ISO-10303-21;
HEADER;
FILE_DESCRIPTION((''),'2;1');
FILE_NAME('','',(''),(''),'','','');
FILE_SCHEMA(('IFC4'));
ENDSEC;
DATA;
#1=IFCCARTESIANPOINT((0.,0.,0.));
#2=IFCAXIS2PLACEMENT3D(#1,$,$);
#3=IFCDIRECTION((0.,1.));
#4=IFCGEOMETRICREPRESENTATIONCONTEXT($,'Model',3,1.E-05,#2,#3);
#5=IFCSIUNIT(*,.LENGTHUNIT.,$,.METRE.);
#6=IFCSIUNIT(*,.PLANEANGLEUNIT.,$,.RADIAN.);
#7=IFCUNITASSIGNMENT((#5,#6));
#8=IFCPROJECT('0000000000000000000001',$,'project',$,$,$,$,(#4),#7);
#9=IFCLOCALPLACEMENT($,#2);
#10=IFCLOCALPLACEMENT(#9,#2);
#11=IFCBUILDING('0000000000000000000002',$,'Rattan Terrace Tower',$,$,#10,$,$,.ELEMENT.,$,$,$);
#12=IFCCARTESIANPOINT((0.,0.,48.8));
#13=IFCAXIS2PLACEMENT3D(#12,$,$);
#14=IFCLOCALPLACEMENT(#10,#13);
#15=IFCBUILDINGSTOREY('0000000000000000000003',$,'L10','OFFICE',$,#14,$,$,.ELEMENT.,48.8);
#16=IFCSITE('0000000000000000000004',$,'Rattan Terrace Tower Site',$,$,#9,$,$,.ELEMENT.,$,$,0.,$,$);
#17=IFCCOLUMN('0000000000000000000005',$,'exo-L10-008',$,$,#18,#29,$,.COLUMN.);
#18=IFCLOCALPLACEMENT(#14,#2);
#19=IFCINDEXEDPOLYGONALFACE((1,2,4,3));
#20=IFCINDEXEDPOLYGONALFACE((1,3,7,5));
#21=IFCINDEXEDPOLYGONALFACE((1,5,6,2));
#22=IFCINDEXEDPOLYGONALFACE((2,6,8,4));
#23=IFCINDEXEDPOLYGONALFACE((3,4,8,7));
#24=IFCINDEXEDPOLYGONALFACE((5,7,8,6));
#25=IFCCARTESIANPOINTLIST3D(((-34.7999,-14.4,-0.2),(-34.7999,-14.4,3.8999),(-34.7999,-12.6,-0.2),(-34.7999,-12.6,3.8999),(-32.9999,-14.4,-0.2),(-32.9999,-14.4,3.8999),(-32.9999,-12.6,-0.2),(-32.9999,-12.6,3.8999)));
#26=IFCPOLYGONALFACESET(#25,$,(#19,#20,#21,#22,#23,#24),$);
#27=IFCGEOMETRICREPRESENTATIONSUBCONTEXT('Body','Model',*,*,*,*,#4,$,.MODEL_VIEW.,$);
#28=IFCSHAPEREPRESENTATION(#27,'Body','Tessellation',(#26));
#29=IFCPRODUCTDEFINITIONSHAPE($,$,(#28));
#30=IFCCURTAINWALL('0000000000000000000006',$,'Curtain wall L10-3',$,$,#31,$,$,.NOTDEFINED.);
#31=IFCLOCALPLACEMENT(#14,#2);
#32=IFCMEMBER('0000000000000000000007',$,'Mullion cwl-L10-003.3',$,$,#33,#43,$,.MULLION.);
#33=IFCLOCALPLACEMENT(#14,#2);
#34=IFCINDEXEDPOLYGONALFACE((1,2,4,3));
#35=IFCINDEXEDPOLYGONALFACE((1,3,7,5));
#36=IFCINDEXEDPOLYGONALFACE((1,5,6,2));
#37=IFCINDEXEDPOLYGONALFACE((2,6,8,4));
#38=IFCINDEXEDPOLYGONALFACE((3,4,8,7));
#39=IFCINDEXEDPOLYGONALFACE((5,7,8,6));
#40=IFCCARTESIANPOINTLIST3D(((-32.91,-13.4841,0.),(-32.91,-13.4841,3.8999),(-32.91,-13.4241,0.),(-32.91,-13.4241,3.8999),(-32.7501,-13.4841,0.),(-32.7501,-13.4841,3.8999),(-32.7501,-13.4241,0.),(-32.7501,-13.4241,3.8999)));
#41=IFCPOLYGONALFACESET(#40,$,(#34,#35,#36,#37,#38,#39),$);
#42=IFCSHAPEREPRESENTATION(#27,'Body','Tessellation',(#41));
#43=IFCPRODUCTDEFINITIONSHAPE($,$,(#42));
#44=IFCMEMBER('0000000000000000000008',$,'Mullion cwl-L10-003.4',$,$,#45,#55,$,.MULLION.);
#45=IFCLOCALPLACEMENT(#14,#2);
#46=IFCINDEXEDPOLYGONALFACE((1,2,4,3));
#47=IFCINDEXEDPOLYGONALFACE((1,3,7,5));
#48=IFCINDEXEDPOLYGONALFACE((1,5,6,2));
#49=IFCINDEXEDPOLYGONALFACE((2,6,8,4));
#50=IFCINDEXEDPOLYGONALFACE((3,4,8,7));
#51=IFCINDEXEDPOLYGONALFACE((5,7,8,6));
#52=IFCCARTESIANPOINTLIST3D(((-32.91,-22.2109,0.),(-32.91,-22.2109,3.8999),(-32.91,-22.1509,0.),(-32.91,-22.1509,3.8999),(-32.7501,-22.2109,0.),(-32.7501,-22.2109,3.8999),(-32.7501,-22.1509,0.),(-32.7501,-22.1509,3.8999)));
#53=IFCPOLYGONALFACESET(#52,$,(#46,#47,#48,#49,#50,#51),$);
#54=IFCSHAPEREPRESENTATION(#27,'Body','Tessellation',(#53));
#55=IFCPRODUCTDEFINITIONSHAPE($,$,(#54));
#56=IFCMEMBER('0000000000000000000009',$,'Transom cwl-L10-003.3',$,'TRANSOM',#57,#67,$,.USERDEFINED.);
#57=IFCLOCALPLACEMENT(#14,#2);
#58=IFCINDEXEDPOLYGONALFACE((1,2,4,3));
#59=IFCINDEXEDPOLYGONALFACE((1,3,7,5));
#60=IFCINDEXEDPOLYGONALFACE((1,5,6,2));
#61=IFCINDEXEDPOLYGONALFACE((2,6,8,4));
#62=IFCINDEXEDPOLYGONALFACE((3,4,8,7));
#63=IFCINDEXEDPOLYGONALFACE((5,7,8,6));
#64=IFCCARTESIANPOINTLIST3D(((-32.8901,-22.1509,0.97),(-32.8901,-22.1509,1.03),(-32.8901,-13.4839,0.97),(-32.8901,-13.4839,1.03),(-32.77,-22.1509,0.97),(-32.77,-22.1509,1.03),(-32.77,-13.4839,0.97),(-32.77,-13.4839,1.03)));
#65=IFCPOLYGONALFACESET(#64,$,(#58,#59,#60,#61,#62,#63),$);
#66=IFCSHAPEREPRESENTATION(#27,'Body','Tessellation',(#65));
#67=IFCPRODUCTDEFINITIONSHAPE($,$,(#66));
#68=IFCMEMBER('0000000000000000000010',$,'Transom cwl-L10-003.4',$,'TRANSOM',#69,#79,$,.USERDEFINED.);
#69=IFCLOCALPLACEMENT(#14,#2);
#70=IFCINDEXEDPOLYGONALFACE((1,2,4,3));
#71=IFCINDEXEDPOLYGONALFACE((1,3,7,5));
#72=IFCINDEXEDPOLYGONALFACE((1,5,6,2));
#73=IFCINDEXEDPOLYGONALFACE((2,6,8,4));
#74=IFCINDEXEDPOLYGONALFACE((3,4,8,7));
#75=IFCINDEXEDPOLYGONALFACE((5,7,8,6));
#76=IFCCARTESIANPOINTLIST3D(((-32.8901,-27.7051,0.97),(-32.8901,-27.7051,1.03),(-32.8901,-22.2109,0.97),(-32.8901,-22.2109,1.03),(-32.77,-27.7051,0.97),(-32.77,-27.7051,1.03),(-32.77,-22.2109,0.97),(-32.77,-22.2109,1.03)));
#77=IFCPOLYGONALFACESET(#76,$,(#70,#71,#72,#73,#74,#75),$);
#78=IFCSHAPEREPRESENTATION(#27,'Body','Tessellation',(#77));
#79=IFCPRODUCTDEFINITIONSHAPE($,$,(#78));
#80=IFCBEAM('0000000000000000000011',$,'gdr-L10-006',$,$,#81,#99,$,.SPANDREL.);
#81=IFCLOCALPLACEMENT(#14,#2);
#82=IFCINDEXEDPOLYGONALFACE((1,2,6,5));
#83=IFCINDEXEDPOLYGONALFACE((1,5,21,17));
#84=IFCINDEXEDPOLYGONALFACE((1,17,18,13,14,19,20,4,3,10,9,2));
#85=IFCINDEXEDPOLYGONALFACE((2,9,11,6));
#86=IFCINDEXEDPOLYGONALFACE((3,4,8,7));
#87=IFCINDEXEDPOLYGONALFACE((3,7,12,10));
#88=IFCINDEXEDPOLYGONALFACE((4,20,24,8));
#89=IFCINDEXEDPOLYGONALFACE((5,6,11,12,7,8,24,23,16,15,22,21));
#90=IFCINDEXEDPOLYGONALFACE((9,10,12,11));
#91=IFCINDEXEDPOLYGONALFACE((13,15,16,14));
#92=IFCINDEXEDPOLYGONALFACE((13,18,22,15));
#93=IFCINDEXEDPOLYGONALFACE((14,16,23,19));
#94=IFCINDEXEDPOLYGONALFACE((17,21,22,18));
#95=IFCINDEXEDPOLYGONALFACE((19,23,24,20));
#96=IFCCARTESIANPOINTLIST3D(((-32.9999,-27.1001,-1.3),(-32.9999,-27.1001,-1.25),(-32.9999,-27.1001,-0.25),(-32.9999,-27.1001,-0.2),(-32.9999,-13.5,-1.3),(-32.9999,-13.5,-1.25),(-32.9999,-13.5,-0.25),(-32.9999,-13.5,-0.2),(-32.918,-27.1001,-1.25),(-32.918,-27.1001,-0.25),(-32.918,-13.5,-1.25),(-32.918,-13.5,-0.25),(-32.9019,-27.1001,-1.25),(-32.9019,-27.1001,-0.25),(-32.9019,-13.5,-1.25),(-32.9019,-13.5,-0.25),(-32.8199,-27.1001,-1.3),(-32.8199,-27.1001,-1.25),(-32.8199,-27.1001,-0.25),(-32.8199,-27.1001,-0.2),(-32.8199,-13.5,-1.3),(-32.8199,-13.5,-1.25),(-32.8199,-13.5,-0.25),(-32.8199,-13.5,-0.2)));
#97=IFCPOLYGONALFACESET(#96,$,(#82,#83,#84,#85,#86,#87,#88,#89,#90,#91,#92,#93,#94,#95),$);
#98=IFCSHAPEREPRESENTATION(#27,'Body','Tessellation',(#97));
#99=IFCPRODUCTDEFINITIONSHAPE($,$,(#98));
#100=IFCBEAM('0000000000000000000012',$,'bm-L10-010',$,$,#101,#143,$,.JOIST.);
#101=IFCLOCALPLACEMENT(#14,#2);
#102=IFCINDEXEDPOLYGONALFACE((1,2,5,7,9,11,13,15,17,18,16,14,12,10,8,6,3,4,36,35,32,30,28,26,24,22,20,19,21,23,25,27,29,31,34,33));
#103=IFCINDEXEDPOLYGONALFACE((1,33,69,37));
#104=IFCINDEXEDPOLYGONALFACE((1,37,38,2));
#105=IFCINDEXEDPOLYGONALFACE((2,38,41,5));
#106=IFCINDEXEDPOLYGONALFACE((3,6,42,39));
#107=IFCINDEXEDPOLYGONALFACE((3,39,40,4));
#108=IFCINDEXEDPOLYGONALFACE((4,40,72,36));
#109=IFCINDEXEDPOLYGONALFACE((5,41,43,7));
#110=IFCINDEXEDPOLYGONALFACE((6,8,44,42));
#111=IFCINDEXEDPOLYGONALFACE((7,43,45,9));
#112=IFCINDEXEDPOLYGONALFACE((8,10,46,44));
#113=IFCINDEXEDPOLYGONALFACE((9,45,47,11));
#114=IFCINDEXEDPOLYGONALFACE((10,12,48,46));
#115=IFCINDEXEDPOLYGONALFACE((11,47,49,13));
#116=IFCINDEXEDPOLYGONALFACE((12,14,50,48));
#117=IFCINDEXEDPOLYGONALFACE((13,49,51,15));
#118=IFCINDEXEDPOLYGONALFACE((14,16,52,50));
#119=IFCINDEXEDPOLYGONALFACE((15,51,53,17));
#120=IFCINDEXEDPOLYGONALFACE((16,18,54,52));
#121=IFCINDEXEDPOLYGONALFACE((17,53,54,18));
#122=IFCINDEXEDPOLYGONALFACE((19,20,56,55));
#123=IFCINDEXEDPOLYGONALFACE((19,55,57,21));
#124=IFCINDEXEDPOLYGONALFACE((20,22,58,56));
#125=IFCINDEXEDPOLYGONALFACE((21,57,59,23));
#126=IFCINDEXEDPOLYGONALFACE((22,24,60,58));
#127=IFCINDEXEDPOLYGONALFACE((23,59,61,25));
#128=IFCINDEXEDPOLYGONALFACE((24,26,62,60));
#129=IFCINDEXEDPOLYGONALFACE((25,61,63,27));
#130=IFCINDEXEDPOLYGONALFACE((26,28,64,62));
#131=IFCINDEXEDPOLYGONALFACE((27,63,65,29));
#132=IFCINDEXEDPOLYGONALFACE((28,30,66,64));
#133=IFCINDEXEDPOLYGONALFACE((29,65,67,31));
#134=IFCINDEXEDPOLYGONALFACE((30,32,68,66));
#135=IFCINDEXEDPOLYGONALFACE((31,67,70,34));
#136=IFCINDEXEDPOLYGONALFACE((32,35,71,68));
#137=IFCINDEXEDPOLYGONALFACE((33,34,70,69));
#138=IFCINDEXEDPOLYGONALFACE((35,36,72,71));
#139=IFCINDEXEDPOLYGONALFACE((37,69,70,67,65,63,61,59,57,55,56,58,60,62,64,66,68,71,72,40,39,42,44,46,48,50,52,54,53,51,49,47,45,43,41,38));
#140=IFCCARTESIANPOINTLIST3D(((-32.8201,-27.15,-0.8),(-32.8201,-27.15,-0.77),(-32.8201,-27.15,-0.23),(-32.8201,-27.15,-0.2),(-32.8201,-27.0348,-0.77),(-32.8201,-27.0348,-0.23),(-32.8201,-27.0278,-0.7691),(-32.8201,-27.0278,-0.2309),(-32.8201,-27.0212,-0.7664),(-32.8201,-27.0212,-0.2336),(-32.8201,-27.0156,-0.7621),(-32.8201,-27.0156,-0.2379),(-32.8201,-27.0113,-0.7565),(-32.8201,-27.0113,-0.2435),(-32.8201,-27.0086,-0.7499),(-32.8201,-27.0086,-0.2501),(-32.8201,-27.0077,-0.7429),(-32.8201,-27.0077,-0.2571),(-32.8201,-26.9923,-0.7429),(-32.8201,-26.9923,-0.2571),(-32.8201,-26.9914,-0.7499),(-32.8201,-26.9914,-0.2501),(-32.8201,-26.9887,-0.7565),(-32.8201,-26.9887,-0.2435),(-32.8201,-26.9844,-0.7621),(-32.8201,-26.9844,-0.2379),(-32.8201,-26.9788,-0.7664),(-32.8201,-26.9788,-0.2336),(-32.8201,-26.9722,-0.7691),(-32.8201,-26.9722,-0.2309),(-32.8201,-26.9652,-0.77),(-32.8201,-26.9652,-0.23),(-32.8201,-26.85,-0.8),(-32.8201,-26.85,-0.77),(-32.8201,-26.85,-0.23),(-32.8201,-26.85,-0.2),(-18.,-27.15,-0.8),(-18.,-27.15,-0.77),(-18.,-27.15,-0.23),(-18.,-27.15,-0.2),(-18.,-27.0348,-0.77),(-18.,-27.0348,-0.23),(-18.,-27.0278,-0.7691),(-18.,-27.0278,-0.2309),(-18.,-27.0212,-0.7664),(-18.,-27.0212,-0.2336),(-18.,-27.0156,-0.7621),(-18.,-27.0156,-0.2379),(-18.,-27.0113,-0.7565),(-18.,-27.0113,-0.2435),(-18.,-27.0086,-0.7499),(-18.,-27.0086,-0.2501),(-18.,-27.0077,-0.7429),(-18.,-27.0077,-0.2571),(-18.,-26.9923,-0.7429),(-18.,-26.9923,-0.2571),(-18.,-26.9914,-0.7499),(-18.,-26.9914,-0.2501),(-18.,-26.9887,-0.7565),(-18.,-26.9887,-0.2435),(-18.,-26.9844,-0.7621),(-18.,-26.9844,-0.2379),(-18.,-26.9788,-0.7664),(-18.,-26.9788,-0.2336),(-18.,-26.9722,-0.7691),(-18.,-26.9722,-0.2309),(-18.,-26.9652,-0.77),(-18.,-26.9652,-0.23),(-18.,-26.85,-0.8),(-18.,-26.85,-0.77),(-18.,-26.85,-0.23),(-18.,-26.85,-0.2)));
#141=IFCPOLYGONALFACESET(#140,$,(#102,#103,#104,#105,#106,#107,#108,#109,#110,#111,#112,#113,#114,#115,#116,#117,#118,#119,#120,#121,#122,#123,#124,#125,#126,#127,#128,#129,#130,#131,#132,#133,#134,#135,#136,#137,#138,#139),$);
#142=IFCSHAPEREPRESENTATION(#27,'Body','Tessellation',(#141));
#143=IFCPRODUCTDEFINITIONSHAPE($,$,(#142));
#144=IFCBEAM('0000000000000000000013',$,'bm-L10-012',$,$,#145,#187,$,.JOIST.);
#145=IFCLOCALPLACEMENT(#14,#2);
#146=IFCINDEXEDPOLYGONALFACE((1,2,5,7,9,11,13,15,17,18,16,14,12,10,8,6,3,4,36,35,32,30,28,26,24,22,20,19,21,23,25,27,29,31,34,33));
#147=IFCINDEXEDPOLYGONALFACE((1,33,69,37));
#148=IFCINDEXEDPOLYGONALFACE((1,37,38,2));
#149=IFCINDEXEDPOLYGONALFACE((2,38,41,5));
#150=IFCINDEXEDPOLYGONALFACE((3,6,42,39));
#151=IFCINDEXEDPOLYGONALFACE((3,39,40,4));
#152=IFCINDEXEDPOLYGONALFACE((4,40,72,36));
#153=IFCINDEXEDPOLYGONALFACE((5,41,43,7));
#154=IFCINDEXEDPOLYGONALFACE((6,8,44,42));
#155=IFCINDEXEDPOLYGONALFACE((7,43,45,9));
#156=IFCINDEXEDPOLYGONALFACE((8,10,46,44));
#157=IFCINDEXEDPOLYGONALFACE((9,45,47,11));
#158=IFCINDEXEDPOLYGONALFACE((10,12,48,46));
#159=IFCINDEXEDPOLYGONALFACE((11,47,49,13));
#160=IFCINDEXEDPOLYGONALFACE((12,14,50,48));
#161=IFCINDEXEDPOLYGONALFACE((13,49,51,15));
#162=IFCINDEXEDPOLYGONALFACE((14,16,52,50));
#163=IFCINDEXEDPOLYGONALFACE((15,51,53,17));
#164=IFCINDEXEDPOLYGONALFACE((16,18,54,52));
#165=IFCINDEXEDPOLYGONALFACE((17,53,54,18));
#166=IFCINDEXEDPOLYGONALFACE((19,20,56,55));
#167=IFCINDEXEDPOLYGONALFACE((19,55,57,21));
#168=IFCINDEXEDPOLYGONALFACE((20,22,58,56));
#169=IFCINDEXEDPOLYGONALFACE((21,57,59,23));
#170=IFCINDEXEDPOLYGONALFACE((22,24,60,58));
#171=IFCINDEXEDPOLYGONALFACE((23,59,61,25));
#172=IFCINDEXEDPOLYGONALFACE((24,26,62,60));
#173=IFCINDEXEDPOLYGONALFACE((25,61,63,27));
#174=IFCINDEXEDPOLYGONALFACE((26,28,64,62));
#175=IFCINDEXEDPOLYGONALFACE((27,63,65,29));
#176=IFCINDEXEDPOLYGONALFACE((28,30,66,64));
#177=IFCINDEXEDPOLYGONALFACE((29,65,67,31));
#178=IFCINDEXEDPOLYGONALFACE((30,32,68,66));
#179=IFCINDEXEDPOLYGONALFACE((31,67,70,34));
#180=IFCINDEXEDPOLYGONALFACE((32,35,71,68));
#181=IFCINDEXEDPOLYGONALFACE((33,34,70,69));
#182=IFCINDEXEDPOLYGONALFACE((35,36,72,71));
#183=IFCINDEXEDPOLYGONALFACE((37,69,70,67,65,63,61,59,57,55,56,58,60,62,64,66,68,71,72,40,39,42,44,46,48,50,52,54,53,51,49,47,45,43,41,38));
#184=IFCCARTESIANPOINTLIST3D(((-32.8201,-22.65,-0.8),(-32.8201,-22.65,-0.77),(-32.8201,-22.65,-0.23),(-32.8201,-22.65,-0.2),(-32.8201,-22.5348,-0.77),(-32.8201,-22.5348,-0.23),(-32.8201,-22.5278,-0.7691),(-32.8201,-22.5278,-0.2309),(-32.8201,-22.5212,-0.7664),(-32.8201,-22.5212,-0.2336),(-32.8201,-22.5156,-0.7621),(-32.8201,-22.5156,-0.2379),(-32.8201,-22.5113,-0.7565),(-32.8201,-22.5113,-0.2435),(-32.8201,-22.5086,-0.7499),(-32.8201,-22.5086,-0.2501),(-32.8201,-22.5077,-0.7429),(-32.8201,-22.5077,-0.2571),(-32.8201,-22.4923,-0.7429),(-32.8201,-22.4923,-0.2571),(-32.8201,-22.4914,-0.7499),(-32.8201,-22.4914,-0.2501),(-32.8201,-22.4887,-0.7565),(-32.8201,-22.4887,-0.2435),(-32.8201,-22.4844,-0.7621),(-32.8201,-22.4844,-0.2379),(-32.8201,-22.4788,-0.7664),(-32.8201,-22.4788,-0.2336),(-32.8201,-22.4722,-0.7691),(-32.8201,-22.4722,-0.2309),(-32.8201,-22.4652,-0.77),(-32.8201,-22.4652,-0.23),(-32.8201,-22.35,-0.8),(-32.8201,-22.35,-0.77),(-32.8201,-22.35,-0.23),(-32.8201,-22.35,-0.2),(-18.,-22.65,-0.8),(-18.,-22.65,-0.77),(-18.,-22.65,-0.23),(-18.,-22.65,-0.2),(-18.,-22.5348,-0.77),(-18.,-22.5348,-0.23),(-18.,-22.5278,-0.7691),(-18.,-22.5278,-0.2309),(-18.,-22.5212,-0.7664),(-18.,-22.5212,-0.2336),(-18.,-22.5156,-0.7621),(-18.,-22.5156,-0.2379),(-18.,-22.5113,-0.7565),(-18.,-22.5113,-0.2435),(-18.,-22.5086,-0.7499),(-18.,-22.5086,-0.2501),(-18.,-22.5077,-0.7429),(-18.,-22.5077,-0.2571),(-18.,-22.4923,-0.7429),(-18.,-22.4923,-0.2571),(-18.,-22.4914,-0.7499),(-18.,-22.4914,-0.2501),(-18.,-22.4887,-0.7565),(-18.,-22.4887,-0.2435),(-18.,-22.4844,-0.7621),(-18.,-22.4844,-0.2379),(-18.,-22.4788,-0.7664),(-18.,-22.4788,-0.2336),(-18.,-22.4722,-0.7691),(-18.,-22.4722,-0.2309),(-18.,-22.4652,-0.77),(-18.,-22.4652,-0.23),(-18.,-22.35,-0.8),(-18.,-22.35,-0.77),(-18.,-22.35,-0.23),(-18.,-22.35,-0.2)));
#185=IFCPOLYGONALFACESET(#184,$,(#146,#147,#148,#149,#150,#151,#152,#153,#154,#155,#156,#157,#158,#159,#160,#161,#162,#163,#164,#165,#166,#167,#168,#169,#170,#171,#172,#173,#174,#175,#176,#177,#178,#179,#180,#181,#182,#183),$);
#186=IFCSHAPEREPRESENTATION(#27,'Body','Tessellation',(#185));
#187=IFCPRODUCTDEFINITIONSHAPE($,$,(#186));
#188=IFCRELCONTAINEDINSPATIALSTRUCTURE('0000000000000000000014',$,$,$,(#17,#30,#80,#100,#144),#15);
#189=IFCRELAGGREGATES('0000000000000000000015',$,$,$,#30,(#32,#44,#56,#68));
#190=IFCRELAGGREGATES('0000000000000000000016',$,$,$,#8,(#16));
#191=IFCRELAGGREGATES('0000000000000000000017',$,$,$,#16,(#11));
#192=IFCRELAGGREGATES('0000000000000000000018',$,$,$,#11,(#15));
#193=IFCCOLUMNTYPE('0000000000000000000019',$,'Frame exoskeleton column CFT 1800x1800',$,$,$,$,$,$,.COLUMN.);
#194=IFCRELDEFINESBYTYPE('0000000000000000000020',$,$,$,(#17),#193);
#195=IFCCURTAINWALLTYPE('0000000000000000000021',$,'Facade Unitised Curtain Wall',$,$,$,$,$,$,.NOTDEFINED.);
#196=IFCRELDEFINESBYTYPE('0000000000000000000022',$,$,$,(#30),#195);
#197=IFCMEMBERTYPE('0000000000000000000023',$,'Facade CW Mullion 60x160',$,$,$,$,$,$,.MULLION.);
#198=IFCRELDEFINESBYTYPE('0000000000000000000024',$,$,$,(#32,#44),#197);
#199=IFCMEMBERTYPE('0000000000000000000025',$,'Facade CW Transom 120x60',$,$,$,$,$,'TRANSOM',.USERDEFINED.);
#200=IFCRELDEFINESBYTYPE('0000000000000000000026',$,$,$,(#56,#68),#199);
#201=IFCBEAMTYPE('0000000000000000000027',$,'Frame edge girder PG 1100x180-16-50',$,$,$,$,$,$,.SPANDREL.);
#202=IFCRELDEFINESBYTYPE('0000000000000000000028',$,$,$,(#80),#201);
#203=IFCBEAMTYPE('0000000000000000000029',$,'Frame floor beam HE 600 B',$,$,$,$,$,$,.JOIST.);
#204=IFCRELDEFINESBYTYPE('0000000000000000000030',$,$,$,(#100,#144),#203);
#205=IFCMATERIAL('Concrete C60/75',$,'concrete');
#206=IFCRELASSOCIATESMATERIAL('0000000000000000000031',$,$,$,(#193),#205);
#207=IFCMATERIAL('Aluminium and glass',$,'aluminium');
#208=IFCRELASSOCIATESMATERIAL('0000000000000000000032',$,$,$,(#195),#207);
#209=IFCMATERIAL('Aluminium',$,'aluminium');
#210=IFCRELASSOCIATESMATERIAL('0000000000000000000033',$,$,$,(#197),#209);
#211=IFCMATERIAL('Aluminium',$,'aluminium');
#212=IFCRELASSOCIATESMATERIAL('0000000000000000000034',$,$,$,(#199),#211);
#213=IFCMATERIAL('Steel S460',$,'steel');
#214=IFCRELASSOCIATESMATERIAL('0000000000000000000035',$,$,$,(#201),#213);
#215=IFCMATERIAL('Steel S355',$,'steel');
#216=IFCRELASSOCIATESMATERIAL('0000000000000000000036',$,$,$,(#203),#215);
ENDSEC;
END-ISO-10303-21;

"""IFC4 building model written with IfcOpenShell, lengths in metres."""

from ifc_helpers import new_model, si_unit, direction, frame, origin, origin_2d, place, context, subcontext, project, spatial, rectangle, i_section, extrude, material, material_profile, profile_set, type_object, element, aggregate, save


model = new_model("IFC4")

# Units and contexts
model_context = context("Model", 3, precision=1e-05, world=origin(), true_north=direction((0.0, 1.0)))
body_context = subcontext(model_context, "Body", "Model", "MODEL_VIEW")
ifc_project = project(units=[si_unit("LENGTHUNIT", "METRE"), si_unit("PLANEANGLEUNIT", "RADIAN")], contexts=[model_context])

# Site, building, storey
site_placement = place(None, origin())
site = spatial("IfcSite", under=ifc_project, at=site_placement, Name="Rattan Terrace Tower Site", CompositionType="ELEMENT", RefElevation=0.0)
building_placement = place(site_placement, origin())
building = spatial("IfcBuilding", under=site, at=building_placement, Name="Rattan Terrace Tower", CompositionType="ELEMENT")
storey_placement = place(building_placement, frame((0.0, 0.0, 48.8)))
storey = spatial("IfcBuildingStorey", under=building, at=storey_placement, Name="L10", Description="OFFICE", CompositionType="ELEMENT", Elevation=48.8)

# Column
ifc_material_1 = material(Name="Concrete C60/75", Category="concrete")
ifc_material_profile_1 = material_profile(ifc_material_1, rectangle(XDim=1.8, YDim=1.8, at=origin_2d()), Name="CFT 1800x1800")
ifc_profile_set_1 = profile_set([ifc_material_profile_1], Name="Concrete C60/75")
column_type = type_object("IfcColumnType", Name="Frame exoskeleton column CFT 1800x1800", PredefinedType="COLUMN", material=ifc_profile_set_1)
column_placement = place(storey_placement, frame((-33.8999, -13.5, -0.2), z_axis=(0.0, 0.0, 1.0), x_axis=(0.0, 1.0, 0.0)))
element("IfcColumn", 1, at=column_placement, inside=storey, type_object=column_type, Name="exo-L10-008", PredefinedType="COLUMN", context=body_context, shape_type="SweptSolid", body=[
    extrude(rectangle(XDim=1.8, YDim=1.8, at=origin_2d()), origin(), (0.0, 0.0, 1.0), 4.0999),
])

# Curtain wall, members
ifc_material_2 = material(Name="Aluminium and glass", Category="aluminium")
curtain_wall_type = type_object("IfcCurtainWallType", Name="Facade Unitised Curtain Wall", PredefinedType="NOTDEFINED", material=ifc_material_2)
curtain_wall_placement = place(storey_placement, origin())
curtain_wall = element("IfcCurtainWall", 2, at=curtain_wall_placement, inside=storey, type_object=curtain_wall_type, Name="Curtain wall L10-3", PredefinedType="NOTDEFINED")
ifc_material_3 = material(Name="Aluminium", Category="aluminium")
ifc_material_profile_2 = material_profile(ifc_material_3, rectangle(XDim=0.0601, YDim=0.1599, at=origin_2d()), Name="Aluminium 60x160")
ifc_profile_set_2 = profile_set([ifc_material_profile_2], Name="Aluminium")
member_type_1 = type_object("IfcMemberType", Name="Facade CW Mullion 60x160", PredefinedType="MULLION", material=ifc_profile_set_2)
member_1_placement = place(storey_placement, frame((-32.8301, -13.4541, 0.0), z_axis=(0.0, 0.0, 1.0), x_axis=(0.0, -1.0, 0.0)))
member_1 = element("IfcMember", 3, at=member_1_placement, type_object=member_type_1, Name="Mullion cwl-L10-003.3", PredefinedType="MULLION", context=body_context, shape_type="SweptSolid", body=[
    extrude(rectangle(XDim=0.0601, YDim=0.1599, at=origin_2d()), origin(), (0.0, 0.0, 1.0), 3.8999),
])
member_2_placement = place(storey_placement, frame((-32.8301, -22.1809, 0.0), z_axis=(0.0, 0.0, 1.0), x_axis=(0.0, -1.0, 0.0)))
member_2 = element("IfcMember", 4, at=member_2_placement, type_object=member_type_1, Name="Mullion cwl-L10-003.4", PredefinedType="MULLION", context=body_context, shape_type="SweptSolid", body=[
    extrude(rectangle(XDim=0.0601, YDim=0.1599, at=origin_2d()), origin(), (0.0, 0.0, 1.0), 3.8999),
])
ifc_material_4 = material(Name="Aluminium", Category="aluminium")
ifc_material_profile_3 = material_profile(ifc_material_4, rectangle(XDim=0.1201, YDim=0.0601, at=origin_2d()), Name="Aluminium 120x60")
ifc_profile_set_3 = profile_set([ifc_material_profile_3], Name="Aluminium")
member_type_2 = type_object("IfcMemberType", Name="Facade CW Transom 120x60", ElementType="TRANSOM", PredefinedType="USERDEFINED", material=ifc_profile_set_3)
member_3_placement = place(storey_placement, frame((-32.8301, -13.4839, 1.0), z_axis=(0.0, -1.0, 0.0), x_axis=(1.0, 0.0, 0.0)))
member_3 = element("IfcMember", 5, at=member_3_placement, type_object=member_type_2, Name="Transom cwl-L10-003.3", ObjectType="TRANSOM", PredefinedType="USERDEFINED", context=body_context, shape_type="SweptSolid", body=[
    extrude(rectangle(XDim=0.1201, YDim=0.0601, at=origin_2d()), origin(), (0.0, 0.0, 1.0), 8.667),
])
member_4_placement = place(storey_placement, frame((-32.8301, -22.2109, 1.0), z_axis=(0.0, -1.0, 0.0), x_axis=(1.0, 0.0, 0.0)))
member_4 = element("IfcMember", 6, at=member_4_placement, type_object=member_type_2, Name="Transom cwl-L10-003.4", ObjectType="TRANSOM", PredefinedType="USERDEFINED", context=body_context, shape_type="SweptSolid", body=[
    extrude(rectangle(XDim=0.1201, YDim=0.0601, at=origin_2d()), origin(), (0.0, 0.0, 1.0), 5.4941),
])

# Beams
ifc_material_5 = material(Name="Steel S460", Category="steel")
ifc_material_profile_4 = material_profile(ifc_material_5, i_section(OverallWidth=0.1799, OverallDepth=1.1001, WebThickness=0.0161, FlangeThickness=0.05, at=origin_2d()), Name="PG 1100x180-16-50")
ifc_profile_set_4 = profile_set([ifc_material_profile_4], Name="Steel S460")
beam_type_1 = type_object("IfcBeamType", Name="Frame edge girder PG 1100x180-16-50", PredefinedType="SPANDREL", material=ifc_profile_set_4)
beam_placement = place(storey_placement, frame((-32.9099, -13.5, -0.75), z_axis=(0.0, -1.0, 0.0), x_axis=(1.0, 0.0, 0.0)))
element("IfcBeam", 7, at=beam_placement, inside=storey, type_object=beam_type_1, Name="gdr-L10-006", PredefinedType="SPANDREL", context=body_context, shape_type="SweptSolid", body=[
    extrude(i_section(OverallWidth=0.1799, OverallDepth=1.1001, WebThickness=0.0161, FlangeThickness=0.05, at=origin_2d()), origin(), (0.0, 0.0, 1.0), 13.6001),
])
ifc_material_6 = material(Name="Steel S355", Category="steel")
ifc_material_profile_5 = material_profile(ifc_material_6, i_section(OverallWidth=0.3, OverallDepth=0.6001, WebThickness=0.0154, FlangeThickness=0.03, FilletRadius=0.0271, at=origin_2d()), Name="HE 600 B")
ifc_profile_set_5 = profile_set([ifc_material_profile_5], Name="Steel S355")
beam_type_2 = type_object("IfcBeamType", Name="Frame floor beam HE 600 B", PredefinedType="JOIST", material=ifc_profile_set_5)
for number, where, z_axis, x_axis, name in (
    (8, (-32.8201, -27.0, -0.5), (1.0, 0.0, 0.0), (0.0, 1.0, 0.0), "bm-L10-010"),
    (9, (-32.8201, -22.5, -0.5), (1.0, 0.0, 0.0), (0.0, 1.0, 0.0), "bm-L10-012"),
):
    element("IfcBeam", number, at=place(storey_placement, frame(where, z_axis=z_axis, x_axis=x_axis)), inside=storey, type_object=beam_type_2, Name=name, PredefinedType="JOIST", context=body_context, shape_type="SweptSolid", body=[
        extrude(i_section(OverallWidth=0.3, OverallDepth=0.6001, WebThickness=0.0154, FlangeThickness=0.03, FilletRadius=0.0271, at=origin_2d()), origin(), (0.0, 0.0, 1.0), 14.8201),
    ])

aggregate(curtain_wall, [member_1, member_2, member_3, member_4])

save(model, "model.ifc")
